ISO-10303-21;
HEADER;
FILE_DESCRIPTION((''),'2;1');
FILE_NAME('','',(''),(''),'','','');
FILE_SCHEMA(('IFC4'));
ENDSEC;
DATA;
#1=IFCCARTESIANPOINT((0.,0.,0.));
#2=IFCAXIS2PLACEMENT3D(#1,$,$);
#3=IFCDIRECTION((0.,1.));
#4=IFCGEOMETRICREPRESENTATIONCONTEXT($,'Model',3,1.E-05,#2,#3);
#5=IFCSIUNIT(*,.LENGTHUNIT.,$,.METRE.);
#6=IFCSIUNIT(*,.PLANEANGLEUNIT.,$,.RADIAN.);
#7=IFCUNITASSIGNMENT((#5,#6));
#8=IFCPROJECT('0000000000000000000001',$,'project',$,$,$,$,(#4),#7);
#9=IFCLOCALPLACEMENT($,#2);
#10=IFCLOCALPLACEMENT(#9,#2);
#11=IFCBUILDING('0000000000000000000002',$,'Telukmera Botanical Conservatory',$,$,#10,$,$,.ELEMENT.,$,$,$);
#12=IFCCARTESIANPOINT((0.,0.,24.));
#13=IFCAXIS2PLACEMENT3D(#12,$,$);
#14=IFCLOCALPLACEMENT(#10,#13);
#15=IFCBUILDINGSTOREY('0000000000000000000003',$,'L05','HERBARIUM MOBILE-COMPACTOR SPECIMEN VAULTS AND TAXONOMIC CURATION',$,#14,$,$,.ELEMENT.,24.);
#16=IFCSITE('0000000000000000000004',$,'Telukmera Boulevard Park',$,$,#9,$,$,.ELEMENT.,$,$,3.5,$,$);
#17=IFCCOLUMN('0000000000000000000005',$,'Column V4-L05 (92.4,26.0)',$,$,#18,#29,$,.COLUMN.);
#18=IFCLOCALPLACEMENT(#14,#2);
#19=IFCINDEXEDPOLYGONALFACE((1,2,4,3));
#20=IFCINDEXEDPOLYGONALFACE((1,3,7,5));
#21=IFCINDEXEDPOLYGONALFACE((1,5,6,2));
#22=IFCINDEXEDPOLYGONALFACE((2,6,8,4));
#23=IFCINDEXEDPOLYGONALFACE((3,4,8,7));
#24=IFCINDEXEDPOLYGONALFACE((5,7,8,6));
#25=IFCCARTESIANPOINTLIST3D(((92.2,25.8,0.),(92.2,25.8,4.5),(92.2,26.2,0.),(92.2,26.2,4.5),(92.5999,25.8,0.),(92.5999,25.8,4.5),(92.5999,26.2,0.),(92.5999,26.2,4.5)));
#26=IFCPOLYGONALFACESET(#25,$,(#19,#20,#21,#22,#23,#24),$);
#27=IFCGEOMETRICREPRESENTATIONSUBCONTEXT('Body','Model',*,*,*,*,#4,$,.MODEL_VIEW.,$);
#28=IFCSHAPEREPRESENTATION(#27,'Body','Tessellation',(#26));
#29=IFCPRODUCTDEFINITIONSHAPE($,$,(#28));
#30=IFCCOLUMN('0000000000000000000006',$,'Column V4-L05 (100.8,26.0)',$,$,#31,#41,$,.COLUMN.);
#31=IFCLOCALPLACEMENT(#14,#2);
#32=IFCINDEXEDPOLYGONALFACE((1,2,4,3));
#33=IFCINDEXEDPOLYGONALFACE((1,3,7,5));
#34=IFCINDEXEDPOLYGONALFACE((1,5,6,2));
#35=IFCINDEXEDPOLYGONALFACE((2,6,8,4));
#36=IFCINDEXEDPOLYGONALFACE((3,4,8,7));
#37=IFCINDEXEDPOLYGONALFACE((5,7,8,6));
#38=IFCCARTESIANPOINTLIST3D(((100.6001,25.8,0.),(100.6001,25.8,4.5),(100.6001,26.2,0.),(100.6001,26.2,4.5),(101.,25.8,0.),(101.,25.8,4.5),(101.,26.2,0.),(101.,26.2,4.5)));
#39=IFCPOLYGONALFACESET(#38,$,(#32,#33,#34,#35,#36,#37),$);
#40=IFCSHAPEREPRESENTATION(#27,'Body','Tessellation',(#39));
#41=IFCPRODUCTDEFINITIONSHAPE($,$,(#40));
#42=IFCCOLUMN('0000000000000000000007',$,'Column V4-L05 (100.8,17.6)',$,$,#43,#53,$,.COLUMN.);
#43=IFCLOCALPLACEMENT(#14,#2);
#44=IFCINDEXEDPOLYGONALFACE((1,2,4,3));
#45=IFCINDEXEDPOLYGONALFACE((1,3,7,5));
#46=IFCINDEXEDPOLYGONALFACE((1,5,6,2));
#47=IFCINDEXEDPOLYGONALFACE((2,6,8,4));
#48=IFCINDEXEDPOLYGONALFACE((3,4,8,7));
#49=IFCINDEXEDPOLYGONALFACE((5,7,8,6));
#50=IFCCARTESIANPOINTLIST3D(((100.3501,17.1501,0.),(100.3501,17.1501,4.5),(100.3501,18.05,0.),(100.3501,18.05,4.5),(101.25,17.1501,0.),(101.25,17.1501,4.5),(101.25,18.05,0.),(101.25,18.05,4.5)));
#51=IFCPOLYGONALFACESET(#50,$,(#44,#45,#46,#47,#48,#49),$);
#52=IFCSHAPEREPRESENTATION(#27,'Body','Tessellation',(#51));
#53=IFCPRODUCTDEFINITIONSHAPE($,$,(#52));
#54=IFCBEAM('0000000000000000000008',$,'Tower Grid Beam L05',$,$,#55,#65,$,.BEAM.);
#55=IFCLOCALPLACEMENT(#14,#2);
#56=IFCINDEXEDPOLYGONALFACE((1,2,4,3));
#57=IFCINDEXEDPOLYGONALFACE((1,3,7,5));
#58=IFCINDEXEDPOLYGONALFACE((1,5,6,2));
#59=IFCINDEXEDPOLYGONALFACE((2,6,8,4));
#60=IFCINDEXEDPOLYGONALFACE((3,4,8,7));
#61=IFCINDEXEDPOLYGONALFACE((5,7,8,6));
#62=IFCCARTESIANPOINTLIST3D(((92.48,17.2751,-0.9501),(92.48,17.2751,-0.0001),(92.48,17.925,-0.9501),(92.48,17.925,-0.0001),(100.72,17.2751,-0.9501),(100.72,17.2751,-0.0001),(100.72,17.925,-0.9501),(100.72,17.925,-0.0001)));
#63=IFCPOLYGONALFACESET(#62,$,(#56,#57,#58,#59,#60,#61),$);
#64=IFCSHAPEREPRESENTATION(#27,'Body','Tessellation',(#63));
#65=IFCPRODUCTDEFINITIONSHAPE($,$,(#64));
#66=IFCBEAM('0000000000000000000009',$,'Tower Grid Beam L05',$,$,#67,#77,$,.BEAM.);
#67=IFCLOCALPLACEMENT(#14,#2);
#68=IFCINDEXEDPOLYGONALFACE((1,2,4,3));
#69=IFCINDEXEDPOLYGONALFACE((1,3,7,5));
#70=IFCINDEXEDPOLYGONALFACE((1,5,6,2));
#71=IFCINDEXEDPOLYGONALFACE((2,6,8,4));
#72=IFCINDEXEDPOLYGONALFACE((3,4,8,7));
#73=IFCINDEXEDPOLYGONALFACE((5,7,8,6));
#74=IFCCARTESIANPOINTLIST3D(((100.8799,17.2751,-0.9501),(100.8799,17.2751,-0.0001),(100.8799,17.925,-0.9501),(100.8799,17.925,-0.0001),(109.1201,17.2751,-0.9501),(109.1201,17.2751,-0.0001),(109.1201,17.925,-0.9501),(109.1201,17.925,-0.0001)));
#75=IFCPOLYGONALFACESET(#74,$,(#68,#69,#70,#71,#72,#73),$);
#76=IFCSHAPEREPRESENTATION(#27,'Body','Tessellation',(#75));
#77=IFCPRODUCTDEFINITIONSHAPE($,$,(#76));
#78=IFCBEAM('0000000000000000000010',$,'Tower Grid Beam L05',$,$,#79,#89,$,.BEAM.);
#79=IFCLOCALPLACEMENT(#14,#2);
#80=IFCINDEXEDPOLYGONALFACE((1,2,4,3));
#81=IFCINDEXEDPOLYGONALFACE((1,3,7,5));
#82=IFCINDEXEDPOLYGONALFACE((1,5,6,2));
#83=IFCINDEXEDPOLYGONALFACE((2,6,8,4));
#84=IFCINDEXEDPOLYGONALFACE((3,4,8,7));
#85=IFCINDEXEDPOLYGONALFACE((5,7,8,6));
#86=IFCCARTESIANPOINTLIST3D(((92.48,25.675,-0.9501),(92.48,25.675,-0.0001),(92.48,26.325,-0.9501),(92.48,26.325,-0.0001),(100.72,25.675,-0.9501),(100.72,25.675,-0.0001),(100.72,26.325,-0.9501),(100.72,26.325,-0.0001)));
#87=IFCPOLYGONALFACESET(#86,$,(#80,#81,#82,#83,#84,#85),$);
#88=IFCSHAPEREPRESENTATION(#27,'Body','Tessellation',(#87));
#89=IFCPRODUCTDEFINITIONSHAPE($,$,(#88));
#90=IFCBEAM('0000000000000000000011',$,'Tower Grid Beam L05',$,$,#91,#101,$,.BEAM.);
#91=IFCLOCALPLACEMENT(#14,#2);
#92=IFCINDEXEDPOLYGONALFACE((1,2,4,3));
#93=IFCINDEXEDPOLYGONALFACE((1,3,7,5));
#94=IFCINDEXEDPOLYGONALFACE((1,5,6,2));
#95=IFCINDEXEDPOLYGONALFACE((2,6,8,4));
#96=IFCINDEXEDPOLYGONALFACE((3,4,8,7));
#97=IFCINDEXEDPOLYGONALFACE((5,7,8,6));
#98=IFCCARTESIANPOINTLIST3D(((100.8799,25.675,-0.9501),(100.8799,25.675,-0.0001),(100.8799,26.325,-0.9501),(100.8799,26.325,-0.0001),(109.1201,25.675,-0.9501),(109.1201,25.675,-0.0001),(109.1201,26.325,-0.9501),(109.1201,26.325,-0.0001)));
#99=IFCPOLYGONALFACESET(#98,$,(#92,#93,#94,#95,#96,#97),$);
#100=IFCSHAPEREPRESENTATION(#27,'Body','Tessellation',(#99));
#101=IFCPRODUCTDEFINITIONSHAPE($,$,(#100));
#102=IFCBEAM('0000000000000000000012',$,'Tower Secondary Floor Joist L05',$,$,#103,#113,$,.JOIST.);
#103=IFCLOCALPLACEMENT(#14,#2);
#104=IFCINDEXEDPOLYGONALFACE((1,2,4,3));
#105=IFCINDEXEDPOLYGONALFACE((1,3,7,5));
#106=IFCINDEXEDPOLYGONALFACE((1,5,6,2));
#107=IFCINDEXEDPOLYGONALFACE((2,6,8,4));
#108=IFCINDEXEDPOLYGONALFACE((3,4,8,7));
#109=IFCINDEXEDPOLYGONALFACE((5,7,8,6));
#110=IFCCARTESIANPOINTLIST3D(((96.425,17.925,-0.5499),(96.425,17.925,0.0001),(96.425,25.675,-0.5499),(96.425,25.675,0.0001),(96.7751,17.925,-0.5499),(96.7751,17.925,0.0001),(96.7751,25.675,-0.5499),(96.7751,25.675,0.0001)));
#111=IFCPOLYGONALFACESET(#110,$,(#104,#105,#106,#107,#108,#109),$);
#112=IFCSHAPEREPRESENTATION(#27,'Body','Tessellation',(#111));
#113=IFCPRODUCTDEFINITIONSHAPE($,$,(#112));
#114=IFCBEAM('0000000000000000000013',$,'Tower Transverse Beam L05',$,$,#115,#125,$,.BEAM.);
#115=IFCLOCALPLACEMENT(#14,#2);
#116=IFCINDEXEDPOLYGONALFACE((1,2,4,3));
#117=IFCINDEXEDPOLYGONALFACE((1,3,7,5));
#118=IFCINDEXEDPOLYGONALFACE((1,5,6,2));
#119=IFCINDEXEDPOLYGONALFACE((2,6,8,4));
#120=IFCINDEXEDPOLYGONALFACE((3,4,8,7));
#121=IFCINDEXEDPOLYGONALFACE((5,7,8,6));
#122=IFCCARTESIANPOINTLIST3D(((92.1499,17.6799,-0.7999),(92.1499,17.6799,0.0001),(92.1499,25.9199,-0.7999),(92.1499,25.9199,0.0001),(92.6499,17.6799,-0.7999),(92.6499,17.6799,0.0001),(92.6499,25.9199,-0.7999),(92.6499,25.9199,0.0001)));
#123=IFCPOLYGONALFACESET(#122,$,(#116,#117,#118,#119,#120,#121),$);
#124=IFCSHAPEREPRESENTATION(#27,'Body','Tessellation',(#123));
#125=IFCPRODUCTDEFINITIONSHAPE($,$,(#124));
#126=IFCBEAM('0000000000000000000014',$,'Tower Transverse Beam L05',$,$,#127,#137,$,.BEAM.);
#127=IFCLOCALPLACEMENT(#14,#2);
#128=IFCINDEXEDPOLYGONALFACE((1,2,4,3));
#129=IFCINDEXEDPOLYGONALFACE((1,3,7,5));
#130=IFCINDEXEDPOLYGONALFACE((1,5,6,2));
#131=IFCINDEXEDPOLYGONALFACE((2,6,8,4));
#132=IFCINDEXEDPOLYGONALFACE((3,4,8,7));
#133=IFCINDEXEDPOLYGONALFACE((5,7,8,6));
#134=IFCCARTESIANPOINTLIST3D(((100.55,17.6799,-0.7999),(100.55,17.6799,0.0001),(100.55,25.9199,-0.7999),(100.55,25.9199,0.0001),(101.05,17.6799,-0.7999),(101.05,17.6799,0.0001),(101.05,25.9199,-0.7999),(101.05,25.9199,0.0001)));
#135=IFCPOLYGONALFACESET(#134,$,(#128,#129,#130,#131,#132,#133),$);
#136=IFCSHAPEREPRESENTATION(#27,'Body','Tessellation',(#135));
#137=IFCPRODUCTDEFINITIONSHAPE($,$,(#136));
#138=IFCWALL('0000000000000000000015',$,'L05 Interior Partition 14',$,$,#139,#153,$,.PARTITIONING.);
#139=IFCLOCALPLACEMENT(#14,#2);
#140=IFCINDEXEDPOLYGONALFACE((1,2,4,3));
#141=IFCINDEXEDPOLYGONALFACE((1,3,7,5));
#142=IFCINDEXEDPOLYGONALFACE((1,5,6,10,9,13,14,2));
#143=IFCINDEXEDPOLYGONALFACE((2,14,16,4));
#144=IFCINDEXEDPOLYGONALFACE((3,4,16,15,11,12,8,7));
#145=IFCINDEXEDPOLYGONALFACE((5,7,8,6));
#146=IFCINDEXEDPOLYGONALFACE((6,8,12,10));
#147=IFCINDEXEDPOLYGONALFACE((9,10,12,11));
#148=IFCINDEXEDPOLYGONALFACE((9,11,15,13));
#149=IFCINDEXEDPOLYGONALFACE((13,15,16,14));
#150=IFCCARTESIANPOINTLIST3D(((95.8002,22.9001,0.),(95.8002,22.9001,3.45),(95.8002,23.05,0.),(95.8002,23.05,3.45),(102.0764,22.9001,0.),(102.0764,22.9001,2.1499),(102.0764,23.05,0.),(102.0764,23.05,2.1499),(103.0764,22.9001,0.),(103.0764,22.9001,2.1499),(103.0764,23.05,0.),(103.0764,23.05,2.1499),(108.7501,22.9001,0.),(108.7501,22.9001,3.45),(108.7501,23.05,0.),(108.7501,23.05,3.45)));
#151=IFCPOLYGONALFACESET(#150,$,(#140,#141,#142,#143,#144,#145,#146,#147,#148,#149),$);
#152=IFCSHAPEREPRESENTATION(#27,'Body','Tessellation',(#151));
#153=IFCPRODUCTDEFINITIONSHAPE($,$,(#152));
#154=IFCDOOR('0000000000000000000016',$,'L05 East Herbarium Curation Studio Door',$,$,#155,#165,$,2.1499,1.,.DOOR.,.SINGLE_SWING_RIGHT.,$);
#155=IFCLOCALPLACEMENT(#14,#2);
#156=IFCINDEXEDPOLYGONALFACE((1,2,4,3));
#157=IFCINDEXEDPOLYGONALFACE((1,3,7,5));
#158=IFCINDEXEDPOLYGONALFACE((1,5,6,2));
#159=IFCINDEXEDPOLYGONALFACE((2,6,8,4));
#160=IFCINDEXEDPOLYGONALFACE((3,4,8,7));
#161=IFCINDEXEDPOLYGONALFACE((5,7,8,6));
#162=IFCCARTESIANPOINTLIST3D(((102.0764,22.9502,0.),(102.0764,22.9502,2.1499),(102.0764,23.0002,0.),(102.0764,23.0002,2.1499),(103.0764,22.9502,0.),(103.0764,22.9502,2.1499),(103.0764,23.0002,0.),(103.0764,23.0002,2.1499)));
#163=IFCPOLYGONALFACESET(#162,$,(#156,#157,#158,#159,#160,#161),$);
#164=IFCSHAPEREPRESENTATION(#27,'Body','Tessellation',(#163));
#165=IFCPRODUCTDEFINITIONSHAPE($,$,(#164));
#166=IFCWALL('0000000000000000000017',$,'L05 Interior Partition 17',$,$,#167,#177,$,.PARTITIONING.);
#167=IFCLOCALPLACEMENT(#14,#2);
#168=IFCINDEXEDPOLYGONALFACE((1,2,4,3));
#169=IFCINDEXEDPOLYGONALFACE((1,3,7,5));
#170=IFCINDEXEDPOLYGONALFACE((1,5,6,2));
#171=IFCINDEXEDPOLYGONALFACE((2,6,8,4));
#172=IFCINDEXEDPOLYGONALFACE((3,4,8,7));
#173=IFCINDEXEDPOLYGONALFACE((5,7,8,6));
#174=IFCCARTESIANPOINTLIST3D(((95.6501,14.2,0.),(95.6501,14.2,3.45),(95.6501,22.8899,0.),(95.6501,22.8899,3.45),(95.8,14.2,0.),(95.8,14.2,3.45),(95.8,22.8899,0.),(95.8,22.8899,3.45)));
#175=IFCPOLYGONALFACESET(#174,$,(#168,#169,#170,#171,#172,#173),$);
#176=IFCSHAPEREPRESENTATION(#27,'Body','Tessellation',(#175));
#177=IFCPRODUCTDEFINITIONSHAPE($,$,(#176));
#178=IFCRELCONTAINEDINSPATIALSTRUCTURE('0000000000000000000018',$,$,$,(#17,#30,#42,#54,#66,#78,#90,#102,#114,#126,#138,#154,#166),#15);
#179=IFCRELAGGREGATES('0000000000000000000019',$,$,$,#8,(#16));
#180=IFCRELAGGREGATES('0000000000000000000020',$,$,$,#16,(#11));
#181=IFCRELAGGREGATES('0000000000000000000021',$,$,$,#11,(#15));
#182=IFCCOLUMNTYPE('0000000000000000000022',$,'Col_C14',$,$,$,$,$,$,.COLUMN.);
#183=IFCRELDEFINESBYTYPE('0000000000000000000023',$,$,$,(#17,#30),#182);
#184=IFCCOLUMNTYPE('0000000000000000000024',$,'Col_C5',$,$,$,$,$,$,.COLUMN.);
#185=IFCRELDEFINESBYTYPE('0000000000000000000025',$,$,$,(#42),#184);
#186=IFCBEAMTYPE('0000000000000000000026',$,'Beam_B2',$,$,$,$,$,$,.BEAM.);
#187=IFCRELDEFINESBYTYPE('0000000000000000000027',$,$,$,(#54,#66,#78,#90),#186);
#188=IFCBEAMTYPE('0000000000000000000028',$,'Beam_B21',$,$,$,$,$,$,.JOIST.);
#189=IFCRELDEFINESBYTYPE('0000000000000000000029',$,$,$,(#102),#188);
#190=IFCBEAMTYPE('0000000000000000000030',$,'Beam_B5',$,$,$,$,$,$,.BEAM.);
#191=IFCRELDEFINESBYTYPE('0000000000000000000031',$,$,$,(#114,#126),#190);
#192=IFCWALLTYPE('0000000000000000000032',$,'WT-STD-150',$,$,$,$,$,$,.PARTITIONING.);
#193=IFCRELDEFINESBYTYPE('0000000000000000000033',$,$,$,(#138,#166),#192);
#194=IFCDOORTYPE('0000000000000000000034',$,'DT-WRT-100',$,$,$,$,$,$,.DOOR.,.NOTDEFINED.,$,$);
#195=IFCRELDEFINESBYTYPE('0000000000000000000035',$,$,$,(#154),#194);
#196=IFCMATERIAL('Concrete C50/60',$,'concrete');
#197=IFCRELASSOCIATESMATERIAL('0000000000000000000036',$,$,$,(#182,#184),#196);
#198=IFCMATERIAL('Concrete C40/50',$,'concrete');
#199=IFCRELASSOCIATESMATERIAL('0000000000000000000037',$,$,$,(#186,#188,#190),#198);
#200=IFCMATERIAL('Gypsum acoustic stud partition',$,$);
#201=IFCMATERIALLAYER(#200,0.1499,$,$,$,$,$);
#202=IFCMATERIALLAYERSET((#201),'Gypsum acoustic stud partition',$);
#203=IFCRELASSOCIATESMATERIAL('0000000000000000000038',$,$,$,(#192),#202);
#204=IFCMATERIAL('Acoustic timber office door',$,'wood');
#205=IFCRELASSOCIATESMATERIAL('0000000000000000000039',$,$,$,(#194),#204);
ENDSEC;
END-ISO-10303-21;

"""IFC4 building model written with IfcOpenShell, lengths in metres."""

from ifc_helpers import new_model, si_unit, direction, frame, frame_2d, origin, origin_2d, place, context, subcontext, project, spatial, rectangle, extrude, material, layer, layer_set, material_profile, profile_set, type_object, element, fill, save


model = new_model("IFC4")

# Units and contexts
model_context = context("Model", 3, precision=1e-05, world=origin(), true_north=direction((0.0, 1.0)))
body_context = subcontext(model_context, "Body", "Model", "MODEL_VIEW")
ifc_project = project(units=[si_unit("LENGTHUNIT", "METRE"), si_unit("PLANEANGLEUNIT", "RADIAN")], contexts=[model_context])

# Site, building, storey
site_placement = place(None, origin())
site = spatial("IfcSite", under=ifc_project, at=site_placement, Name="Telukmera Boulevard Park", CompositionType="ELEMENT", RefElevation=3.5)
building_placement = place(site_placement, origin())
building = spatial("IfcBuilding", under=site, at=building_placement, Name="Telukmera Botanical Conservatory", CompositionType="ELEMENT")
storey_placement = place(building_placement, frame((0.0, 0.0, 24.0)))
storey = spatial("IfcBuildingStorey", under=building, at=storey_placement, Name="L05", Description="HERBARIUM MOBILE-COMPACTOR SPECIMEN VAULTS AND TAXONOMIC CURATION", CompositionType="ELEMENT", Elevation=24.0)

# Columns
ifc_material_1 = material(Name="Concrete C50/60", Category="concrete")
ifc_material_profile_1 = material_profile(ifc_material_1, rectangle(XDim=0.3999, YDim=0.3999, at=origin_2d()), Name="RC 400x400")
ifc_profile_set_1 = profile_set([ifc_material_profile_1], Name="Concrete C50/60")
column_type_1 = type_object("IfcColumnType", Name="Col_C14", PredefinedType="COLUMN", material=ifc_profile_set_1)
for number, where, z_axis, x_axis, name in (
    (1, (92.3999, 26.0, 0.0), (0.0, 0.0, 1.0), (1.0, 0.0, 0.0), "Column V4-L05 (92.4,26.0)"),
    (2, (100.8, 26.0, 0.0), (0.0, 0.0, 1.0), (1.0, 0.0, 0.0), "Column V4-L05 (100.8,26.0)"),
):
    element("IfcColumn", number, at=place(storey_placement, frame(where, z_axis=z_axis, x_axis=x_axis)), inside=storey, type_object=column_type_1, Name=name, PredefinedType="COLUMN", context=body_context, shape_type="SweptSolid", body=[
        extrude(rectangle(XDim=0.3999, YDim=0.3999, at=origin_2d()), origin(), (0.0, 0.0, 1.0), 4.5),
    ])
ifc_material_profile_2 = material_profile(ifc_material_1, rectangle(XDim=0.8999, YDim=0.8999, at=origin_2d()), Name="RC 900x900")
ifc_profile_set_2 = profile_set([ifc_material_profile_2], Name="Concrete C50/60")
column_type_2 = type_object("IfcColumnType", Name="Col_C5", PredefinedType="COLUMN", material=ifc_profile_set_2)
column_placement = place(storey_placement, frame((100.8, 17.6001, 0.0), z_axis=(0.0, 0.0, 1.0), x_axis=(1.0, 0.0, 0.0)))
element("IfcColumn", 3, at=column_placement, inside=storey, type_object=column_type_2, Name="Column V4-L05 (100.8,17.6)", PredefinedType="COLUMN", context=body_context, shape_type="SweptSolid", body=[
    extrude(rectangle(XDim=0.8999, YDim=0.8999, at=origin_2d()), origin(), (0.0, 0.0, 1.0), 4.5),
])

# Beams
ifc_material_2 = material(Name="Concrete C40/50", Category="concrete")
ifc_material_profile_3 = material_profile(ifc_material_2, rectangle(XDim=0.6499, YDim=0.95, at=origin_2d()), Name="RC 650x950")
ifc_profile_set_3 = profile_set([ifc_material_profile_3], Name="Concrete C40/50")
beam_type_1 = type_object("IfcBeamType", Name="Beam_B2", PredefinedType="BEAM", material=ifc_profile_set_3)
beam_1_placement = place(storey_placement, frame((92.48, 17.6001, -0.4751), z_axis=(1.0, 0.0, 0.0), x_axis=(0.0, 1.0, 0.0)))
element("IfcBeam", 4, at=beam_1_placement, inside=storey, type_object=beam_type_1, Name="Tower Grid Beam L05", PredefinedType="BEAM", context=body_context, shape_type="SweptSolid", body=[
    extrude(rectangle(XDim=0.6499, YDim=0.95, at=origin_2d()), origin(), (0.0, 0.0, 1.0), 8.24),
])
beam_2_placement = place(storey_placement, frame((100.8799, 17.6001, -0.4751), z_axis=(1.0, 0.0, 0.0), x_axis=(0.0, 1.0, 0.0)))
element("IfcBeam", 5, at=beam_2_placement, inside=storey, type_object=beam_type_1, Name="Tower Grid Beam L05", PredefinedType="BEAM", context=body_context, shape_type="SweptSolid", body=[
    extrude(rectangle(XDim=0.6499, YDim=0.95, at=origin_2d()), origin(), (0.0, 0.0, 1.0), 8.2402),
])
beam_3_placement = place(storey_placement, frame((92.48, 26.0, -0.4751), z_axis=(1.0, 0.0, 0.0), x_axis=(0.0, 1.0, 0.0)))
element("IfcBeam", 6, at=beam_3_placement, inside=storey, type_object=beam_type_1, Name="Tower Grid Beam L05", PredefinedType="BEAM", context=body_context, shape_type="SweptSolid", body=[
    extrude(rectangle(XDim=0.6499, YDim=0.95, at=origin_2d()), origin(), (0.0, 0.0, 1.0), 8.24),
])
beam_4_placement = place(storey_placement, frame((100.8799, 26.0, -0.4751), z_axis=(1.0, 0.0, 0.0), x_axis=(0.0, 1.0, 0.0)))
element("IfcBeam", 7, at=beam_4_placement, inside=storey, type_object=beam_type_1, Name="Tower Grid Beam L05", PredefinedType="BEAM", context=body_context, shape_type="SweptSolid", body=[
    extrude(rectangle(XDim=0.6499, YDim=0.95, at=origin_2d()), origin(), (0.0, 0.0, 1.0), 8.2402),
])
ifc_material_profile_4 = material_profile(ifc_material_2, rectangle(XDim=0.3501, YDim=0.55, at=origin_2d()), Name="RC 350x550")
ifc_profile_set_4 = profile_set([ifc_material_profile_4], Name="Concrete C40/50")
beam_type_2 = type_object("IfcBeamType", Name="Beam_B21", PredefinedType="JOIST", material=ifc_profile_set_4)
beam_5_placement = place(storey_placement, frame((96.6001, 17.925, -0.2749), z_axis=(0.0, 1.0, 0.0), x_axis=(-1.0, 0.0, 0.0)))
element("IfcBeam", 8, at=beam_5_placement, inside=storey, type_object=beam_type_2, Name="Tower Secondary Floor Joist L05", PredefinedType="JOIST", context=body_context, shape_type="SweptSolid", body=[
    extrude(rectangle(XDim=0.3501, YDim=0.55, at=origin_2d()), origin(), (0.0, 0.0, 1.0), 7.75),
])
ifc_material_profile_5 = material_profile(ifc_material_2, rectangle(XDim=0.5, YDim=0.8, at=origin_2d()), Name="RC 500x800")
ifc_profile_set_5 = profile_set([ifc_material_profile_5], Name="Concrete C40/50")
beam_type_3 = type_object("IfcBeamType", Name="Beam_B5", PredefinedType="BEAM", material=ifc_profile_set_5)
for number, where, z_axis, x_axis, name in (
    (9, (92.3999, 17.6799, -0.3999), (0.0, 1.0, 0.0), (-1.0, 0.0, 0.0), "Tower Transverse Beam L05"),
    (10, (100.8, 17.6799, -0.3999), (0.0, 1.0, 0.0), (-1.0, 0.0, 0.0), "Tower Transverse Beam L05"),
):
    element("IfcBeam", number, at=place(storey_placement, frame(where, z_axis=z_axis, x_axis=x_axis)), inside=storey, type_object=beam_type_3, Name=name, PredefinedType="BEAM", context=body_context, shape_type="SweptSolid", body=[
        extrude(rectangle(XDim=0.5, YDim=0.8, at=origin_2d()), origin(), (0.0, 0.0, 1.0), 8.24),
    ])

# Wall, opening, door
ifc_material_3 = material(Name="Gypsum acoustic stud partition")
ifc_layer_1 = layer(ifc_material_3, 0.1499)
ifc_layer_set_1 = layer_set([ifc_layer_1], Name="Gypsum acoustic stud partition")
wall_type_1 = type_object("IfcWallType", Name="WT-STD-150", PredefinedType="PARTITIONING", material=ifc_layer_set_1)
wall_1_placement = place(storey_placement, frame((95.8, 22.9751, 0.0), z_axis=(0.0, 0.0, 1.0), x_axis=(1.0, 0.0, 0.0)))
wall_1 = element("IfcWall", 11, at=wall_1_placement, inside=storey, type_object=wall_type_1, Name="L05 Interior Partition 14", PredefinedType="PARTITIONING", context=body_context, shape_type="SweptSolid", body=[
    extrude(rectangle(XDim=12.95, YDim=0.1499, at=frame_2d((6.4751, 0.0))), origin(), (0.0, 0.0, 1.0), 3.45),
])
opening_1_placement = place(wall_1_placement, frame((6.2764, 0.0, 0.0)))
opening_1 = element("IfcOpeningElement", 12, at=opening_1_placement, cuts=wall_1, PredefinedType="OPENING", context=body_context, shape_type="SweptSolid", body=[
    extrude(rectangle(XDim=1.0, YDim=2.1499, at=frame_2d((0.5, 1.075))), frame((0.0, 0.085, 0.0), z_axis=(0.0, -1.0, 0.0), x_axis=(1.0, 0.0, 0.0)), (0.0, 0.0, 1.0), 0.1699),
])
ifc_material_4 = material(Name="Acoustic timber office door", Category="wood")
door_type_1 = type_object("IfcDoorType", Name="DT-WRT-100", OperationType="NOTDEFINED", PredefinedType="DOOR", material=ifc_material_4)
door_1_placement = place(opening_1_placement, frame((1.0, 0.0, 0.0), z_axis=(0.0, 0.0, 1.0), x_axis=(-1.0, 0.0, 0.0)))
door_1 = element("IfcDoor", 13, at=door_1_placement, inside=storey, type_object=door_type_1, Name="L05 East Herbarium Curation Studio Door", OperationType="SINGLE_SWING_RIGHT", OverallHeight=2.1499, OverallWidth=1.0, PredefinedType="DOOR", context=body_context, shape_type="SweptSolid", body=[
    extrude(rectangle(XDim=1.0, YDim=2.1499, at=frame_2d((0.5, 1.075))), frame((0.0, 0.0249, 0.0), z_axis=(0.0, -1.0, 0.0), x_axis=(1.0, 0.0, 0.0)), (0.0, 0.0, 1.0), 0.05),
])
fill(opening_1, door_1)

# Wall
wall_2_placement = place(storey_placement, frame((95.7251, 14.2, 0.0), z_axis=(0.0, 0.0, 1.0), x_axis=(0.0, 1.0, 0.0)))
element("IfcWall", 14, at=wall_2_placement, inside=storey, type_object=wall_type_1, Name="L05 Interior Partition 17", PredefinedType="PARTITIONING", context=body_context, shape_type="SweptSolid", body=[
    extrude(rectangle(XDim=8.6899, YDim=0.1499, at=frame_2d((4.345, 0.0))), origin(), (0.0, 0.0, 1.0), 3.45),
])

save(model, "model.ifc")
